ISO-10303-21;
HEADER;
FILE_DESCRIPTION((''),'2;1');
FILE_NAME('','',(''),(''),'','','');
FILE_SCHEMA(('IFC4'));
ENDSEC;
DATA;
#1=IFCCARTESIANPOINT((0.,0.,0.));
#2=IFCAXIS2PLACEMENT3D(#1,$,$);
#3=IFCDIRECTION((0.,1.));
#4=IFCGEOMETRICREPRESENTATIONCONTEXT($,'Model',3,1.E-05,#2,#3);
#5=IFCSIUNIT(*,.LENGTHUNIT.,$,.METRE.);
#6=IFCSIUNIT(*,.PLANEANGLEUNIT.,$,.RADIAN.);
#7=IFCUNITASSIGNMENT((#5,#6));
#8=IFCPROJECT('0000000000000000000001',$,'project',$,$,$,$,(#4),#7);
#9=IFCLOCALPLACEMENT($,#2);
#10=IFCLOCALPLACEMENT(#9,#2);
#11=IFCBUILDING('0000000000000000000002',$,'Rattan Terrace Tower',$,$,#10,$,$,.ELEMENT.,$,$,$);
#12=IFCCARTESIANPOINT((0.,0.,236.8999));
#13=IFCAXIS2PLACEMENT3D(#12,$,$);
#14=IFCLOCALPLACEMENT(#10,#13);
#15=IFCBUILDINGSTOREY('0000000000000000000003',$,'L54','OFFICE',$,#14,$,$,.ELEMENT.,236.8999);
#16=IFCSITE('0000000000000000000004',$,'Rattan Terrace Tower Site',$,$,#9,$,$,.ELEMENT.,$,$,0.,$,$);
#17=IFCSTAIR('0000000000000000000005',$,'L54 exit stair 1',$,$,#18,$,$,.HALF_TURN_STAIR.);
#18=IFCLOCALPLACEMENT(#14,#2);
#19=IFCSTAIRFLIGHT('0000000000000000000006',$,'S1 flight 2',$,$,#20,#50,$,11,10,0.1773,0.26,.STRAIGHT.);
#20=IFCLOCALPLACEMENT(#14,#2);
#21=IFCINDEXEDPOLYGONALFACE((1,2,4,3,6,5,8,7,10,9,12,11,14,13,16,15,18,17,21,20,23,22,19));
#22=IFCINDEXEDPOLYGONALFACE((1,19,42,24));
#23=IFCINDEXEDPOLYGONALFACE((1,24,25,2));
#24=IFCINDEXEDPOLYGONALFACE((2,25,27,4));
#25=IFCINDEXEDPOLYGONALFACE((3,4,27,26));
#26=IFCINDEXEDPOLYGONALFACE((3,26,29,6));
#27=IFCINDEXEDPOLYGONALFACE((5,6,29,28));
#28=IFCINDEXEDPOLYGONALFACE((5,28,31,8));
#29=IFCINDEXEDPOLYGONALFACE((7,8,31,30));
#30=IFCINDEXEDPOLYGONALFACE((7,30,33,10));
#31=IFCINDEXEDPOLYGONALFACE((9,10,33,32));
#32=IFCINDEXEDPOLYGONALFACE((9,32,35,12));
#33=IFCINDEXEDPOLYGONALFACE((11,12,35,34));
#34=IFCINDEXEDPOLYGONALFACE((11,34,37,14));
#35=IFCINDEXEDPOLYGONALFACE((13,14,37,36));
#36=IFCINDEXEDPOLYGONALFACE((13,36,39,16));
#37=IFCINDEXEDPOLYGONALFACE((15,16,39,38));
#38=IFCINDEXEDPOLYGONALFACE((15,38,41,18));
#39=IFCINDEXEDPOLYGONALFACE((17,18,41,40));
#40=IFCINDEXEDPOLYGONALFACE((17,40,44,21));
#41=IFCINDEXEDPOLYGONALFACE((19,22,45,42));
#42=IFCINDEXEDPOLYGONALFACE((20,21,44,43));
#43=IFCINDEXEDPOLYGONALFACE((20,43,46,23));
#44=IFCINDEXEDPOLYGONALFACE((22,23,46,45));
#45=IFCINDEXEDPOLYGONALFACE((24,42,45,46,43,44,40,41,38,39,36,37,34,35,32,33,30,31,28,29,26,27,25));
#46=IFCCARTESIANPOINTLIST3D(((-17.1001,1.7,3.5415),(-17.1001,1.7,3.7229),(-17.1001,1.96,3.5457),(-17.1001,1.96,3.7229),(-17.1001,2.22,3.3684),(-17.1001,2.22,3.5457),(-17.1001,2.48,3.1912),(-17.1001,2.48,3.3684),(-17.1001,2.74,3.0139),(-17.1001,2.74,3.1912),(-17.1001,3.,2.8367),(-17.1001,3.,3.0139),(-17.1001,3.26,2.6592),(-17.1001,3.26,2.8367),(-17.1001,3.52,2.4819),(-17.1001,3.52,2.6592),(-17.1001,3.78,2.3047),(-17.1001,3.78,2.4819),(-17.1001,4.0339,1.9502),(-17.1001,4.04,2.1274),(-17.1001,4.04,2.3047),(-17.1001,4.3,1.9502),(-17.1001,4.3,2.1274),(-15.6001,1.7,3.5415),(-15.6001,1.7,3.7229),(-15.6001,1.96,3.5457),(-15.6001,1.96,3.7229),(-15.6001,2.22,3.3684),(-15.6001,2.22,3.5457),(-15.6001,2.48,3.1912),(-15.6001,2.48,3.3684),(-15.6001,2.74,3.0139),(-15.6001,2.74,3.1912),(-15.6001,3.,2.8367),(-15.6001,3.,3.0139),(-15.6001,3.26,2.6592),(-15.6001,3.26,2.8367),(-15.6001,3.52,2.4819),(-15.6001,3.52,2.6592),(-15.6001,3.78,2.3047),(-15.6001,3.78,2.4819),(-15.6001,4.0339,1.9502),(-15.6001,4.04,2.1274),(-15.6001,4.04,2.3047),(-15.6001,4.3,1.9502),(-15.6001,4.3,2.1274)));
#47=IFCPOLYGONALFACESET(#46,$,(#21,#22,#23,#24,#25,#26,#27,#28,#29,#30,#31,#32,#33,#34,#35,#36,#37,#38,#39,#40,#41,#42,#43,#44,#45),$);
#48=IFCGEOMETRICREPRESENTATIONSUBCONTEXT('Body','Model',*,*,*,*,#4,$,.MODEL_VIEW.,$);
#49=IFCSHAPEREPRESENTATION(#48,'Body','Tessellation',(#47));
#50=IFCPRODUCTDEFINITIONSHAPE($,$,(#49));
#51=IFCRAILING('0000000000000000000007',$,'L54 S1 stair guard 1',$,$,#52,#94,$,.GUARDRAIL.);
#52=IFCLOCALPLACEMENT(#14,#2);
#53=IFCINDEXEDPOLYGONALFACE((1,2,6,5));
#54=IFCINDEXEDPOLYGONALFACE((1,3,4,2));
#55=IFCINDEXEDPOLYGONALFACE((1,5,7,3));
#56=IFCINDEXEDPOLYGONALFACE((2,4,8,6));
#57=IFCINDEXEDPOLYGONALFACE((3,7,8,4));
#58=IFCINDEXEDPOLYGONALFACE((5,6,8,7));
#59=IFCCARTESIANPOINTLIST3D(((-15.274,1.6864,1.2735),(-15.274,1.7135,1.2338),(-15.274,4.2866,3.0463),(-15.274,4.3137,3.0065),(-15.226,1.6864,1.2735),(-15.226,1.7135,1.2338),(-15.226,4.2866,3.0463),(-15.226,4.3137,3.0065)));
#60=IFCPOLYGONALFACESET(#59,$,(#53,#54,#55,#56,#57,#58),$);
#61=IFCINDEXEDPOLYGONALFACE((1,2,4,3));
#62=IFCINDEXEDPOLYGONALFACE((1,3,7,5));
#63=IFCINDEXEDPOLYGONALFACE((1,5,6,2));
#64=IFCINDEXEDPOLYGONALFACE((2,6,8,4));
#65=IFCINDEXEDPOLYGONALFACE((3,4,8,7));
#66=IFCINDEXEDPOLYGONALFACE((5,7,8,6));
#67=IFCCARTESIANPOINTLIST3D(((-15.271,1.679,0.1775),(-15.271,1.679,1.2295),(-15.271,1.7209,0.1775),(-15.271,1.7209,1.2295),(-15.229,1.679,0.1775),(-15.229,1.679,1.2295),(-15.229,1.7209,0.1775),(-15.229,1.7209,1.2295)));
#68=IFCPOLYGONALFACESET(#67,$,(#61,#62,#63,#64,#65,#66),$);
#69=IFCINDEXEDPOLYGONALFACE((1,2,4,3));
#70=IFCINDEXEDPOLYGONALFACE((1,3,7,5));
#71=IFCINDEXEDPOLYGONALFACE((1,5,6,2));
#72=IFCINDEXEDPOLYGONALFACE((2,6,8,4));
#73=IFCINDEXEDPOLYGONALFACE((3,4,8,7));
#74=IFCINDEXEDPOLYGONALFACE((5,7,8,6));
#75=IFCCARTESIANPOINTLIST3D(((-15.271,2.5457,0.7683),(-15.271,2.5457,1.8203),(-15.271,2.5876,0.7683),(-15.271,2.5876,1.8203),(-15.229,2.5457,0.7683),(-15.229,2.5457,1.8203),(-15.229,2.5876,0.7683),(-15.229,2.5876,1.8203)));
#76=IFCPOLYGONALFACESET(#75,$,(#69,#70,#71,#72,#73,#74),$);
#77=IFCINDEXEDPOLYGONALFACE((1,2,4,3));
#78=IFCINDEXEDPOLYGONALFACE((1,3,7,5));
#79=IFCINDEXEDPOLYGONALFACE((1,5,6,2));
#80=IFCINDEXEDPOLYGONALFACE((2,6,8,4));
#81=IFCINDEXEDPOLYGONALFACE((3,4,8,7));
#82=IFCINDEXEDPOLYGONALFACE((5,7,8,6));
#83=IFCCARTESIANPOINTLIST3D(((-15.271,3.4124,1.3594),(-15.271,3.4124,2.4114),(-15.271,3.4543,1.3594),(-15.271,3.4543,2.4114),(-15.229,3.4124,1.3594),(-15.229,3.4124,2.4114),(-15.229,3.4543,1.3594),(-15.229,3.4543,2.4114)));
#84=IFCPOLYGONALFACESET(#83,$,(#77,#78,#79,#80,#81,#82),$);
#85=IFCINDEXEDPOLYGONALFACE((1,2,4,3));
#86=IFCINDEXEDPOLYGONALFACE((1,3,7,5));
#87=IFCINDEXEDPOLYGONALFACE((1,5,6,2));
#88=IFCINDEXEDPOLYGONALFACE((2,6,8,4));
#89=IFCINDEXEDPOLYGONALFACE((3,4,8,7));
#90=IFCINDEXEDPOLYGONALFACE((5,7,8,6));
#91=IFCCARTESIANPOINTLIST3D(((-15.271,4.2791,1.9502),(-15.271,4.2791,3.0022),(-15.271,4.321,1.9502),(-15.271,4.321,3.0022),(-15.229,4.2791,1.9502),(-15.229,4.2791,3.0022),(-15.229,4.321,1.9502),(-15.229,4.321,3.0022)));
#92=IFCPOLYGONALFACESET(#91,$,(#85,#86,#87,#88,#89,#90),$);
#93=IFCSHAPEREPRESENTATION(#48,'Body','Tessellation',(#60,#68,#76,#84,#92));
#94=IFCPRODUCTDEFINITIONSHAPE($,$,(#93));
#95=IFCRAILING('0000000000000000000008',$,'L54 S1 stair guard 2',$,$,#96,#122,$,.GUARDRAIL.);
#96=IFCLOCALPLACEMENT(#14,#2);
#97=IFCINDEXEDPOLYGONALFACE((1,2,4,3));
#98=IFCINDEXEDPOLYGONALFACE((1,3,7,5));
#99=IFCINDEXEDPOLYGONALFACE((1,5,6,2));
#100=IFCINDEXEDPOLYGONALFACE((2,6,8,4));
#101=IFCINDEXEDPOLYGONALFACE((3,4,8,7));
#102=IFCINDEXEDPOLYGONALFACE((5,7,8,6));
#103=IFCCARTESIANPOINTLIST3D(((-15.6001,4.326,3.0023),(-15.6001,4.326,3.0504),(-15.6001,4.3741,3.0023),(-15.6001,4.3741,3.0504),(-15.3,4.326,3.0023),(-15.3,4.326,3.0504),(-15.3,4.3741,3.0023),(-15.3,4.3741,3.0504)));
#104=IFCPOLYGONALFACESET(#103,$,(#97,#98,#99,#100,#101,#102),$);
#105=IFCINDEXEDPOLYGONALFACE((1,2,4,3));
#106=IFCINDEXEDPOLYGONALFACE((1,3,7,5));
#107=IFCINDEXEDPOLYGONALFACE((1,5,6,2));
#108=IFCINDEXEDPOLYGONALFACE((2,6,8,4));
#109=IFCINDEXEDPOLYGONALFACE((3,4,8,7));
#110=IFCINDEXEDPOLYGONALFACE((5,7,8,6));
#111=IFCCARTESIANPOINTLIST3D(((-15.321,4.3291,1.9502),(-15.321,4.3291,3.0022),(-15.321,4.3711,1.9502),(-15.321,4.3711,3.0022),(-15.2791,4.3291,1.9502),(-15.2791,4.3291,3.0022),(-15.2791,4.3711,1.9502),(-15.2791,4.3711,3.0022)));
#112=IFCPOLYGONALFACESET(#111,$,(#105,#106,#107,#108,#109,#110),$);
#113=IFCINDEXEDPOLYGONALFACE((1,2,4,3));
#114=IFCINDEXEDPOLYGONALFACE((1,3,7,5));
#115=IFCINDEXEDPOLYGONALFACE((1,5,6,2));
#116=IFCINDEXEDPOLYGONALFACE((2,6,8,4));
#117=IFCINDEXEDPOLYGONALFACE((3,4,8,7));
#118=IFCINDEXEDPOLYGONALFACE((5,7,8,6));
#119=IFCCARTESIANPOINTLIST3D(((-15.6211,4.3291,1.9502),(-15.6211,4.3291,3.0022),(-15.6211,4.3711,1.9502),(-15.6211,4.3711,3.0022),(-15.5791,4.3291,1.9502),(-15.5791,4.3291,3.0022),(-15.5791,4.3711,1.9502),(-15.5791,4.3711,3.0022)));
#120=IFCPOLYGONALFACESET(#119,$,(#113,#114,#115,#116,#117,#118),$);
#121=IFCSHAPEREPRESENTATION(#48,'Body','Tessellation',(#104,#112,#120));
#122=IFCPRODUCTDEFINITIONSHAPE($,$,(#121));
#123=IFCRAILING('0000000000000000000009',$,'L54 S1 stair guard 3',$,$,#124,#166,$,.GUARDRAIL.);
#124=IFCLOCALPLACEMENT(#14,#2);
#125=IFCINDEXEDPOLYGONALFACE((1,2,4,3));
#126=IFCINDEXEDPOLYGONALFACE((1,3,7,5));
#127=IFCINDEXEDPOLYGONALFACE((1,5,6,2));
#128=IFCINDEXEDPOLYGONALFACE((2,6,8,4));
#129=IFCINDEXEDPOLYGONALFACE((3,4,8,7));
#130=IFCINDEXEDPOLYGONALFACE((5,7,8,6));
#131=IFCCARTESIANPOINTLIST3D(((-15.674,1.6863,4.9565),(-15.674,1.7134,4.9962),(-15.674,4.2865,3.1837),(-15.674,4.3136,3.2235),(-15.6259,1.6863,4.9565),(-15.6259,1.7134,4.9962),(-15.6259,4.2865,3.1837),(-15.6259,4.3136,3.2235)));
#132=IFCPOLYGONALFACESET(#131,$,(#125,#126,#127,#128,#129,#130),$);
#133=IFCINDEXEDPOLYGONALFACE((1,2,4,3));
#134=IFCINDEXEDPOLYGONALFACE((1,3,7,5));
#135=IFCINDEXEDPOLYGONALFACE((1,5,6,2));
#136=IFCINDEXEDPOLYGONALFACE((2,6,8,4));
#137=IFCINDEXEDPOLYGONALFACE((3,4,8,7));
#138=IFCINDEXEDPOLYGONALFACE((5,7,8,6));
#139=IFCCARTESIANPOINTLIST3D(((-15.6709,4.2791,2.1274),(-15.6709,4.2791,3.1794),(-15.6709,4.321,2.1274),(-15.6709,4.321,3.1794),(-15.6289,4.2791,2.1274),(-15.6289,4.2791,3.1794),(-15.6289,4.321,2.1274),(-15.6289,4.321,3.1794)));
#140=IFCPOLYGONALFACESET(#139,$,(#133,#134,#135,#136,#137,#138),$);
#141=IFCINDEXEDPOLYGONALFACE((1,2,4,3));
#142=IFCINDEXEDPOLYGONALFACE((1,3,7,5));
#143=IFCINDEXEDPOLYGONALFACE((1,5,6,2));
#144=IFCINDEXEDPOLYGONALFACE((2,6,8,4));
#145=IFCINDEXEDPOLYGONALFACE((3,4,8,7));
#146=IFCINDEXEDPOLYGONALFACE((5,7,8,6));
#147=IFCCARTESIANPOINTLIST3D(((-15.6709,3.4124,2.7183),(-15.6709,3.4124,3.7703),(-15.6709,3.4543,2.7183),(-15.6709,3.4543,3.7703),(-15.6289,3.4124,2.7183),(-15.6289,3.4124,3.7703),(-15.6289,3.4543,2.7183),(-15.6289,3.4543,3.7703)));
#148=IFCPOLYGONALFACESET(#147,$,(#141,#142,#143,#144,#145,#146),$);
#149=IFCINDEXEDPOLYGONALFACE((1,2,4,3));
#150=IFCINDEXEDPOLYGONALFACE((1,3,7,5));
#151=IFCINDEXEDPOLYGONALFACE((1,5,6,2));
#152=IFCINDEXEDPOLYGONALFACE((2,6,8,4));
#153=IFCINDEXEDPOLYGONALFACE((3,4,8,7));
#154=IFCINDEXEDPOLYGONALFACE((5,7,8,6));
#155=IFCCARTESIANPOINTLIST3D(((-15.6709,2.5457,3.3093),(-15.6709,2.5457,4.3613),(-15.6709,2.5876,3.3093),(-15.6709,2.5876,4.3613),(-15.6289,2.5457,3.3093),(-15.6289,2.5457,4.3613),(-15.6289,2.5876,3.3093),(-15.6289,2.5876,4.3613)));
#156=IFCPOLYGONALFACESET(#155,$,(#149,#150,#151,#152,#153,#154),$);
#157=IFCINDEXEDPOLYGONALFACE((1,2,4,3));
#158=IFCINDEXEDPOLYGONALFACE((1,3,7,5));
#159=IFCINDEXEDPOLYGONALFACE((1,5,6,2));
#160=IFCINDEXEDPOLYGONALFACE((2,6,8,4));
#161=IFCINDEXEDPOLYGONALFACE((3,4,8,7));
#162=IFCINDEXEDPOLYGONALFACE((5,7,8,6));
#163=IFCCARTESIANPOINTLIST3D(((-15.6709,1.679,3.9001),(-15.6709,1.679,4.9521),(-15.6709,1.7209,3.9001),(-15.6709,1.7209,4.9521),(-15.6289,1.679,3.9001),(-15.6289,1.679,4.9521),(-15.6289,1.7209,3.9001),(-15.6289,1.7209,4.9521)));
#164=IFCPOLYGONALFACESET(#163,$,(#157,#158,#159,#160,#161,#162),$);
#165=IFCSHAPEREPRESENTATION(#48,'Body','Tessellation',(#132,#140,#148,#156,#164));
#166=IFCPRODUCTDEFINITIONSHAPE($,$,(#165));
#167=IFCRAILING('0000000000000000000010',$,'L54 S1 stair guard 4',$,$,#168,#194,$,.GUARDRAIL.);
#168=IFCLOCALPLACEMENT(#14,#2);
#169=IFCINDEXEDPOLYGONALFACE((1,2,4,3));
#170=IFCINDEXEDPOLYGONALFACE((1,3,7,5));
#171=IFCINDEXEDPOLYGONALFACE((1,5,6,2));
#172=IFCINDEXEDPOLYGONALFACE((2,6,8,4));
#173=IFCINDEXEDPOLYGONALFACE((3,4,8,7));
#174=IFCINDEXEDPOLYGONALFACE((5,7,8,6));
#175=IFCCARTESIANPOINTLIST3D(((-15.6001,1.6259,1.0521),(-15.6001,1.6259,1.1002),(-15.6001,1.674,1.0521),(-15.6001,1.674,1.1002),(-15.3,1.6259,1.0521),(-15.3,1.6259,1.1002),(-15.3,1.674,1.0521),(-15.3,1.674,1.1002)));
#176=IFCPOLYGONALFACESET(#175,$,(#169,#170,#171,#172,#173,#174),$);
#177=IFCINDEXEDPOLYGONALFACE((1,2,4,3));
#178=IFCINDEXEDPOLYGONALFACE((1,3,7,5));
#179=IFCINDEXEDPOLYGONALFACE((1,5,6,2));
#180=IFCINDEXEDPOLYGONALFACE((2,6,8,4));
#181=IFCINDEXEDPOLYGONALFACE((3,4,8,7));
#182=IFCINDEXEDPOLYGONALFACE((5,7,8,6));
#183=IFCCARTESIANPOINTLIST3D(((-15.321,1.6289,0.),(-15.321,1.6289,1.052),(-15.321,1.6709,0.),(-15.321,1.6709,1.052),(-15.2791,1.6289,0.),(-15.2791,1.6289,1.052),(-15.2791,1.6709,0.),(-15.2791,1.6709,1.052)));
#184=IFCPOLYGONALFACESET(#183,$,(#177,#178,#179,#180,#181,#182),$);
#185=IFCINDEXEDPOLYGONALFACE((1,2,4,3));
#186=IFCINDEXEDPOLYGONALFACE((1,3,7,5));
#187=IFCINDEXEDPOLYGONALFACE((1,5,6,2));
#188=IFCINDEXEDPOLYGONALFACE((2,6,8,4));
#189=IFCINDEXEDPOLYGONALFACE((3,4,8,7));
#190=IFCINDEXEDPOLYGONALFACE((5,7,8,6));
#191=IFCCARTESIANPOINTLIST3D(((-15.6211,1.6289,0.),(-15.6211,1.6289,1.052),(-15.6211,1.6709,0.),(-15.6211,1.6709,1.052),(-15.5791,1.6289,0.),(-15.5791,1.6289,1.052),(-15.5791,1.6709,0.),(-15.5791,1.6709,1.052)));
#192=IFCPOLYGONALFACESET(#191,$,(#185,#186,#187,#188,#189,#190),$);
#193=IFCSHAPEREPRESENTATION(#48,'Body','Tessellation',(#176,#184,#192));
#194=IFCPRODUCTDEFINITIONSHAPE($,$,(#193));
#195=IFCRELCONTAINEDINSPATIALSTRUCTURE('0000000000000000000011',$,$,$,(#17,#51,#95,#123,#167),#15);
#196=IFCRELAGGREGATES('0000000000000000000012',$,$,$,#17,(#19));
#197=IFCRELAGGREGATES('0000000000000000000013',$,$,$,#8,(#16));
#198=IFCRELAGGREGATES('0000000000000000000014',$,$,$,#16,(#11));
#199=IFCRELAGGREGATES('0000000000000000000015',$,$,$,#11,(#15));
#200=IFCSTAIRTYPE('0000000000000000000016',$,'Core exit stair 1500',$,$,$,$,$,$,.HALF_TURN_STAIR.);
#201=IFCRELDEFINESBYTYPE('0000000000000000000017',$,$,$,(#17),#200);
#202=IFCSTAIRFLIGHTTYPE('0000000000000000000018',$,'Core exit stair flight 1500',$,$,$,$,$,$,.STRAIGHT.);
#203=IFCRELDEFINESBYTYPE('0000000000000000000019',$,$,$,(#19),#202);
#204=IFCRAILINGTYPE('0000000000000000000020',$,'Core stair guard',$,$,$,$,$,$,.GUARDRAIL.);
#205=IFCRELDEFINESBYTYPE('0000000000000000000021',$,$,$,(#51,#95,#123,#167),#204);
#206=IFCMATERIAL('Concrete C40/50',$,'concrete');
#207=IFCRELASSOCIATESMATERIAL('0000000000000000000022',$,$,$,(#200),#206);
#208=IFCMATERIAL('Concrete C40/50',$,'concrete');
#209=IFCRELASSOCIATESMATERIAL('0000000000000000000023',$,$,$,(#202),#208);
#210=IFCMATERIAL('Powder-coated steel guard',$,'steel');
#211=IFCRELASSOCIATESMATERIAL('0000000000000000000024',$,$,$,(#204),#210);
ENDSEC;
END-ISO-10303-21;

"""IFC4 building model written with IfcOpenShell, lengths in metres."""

from ifc_helpers import new_model, si_unit, direction, frame, origin, origin_2d, place, context, subcontext, project, spatial, polyline, rectangle, outline, extrude, material, type_object, element, aggregate, save


model = new_model("IFC4")

# Units and contexts
model_context = context("Model", 3, precision=1e-05, world=origin(), true_north=direction((0.0, 1.0)))
body_context = subcontext(model_context, "Body", "Model", "MODEL_VIEW")
ifc_project = project(units=[si_unit("LENGTHUNIT", "METRE"), si_unit("PLANEANGLEUNIT", "RADIAN")], contexts=[model_context])

# Site, building, storey
site_placement = place(None, origin())
site = spatial("IfcSite", under=ifc_project, at=site_placement, Name="Rattan Terrace Tower Site", CompositionType="ELEMENT", RefElevation=0.0)
building_placement = place(site_placement, origin())
building = spatial("IfcBuilding", under=site, at=building_placement, Name="Rattan Terrace Tower", CompositionType="ELEMENT")
storey_placement = place(building_placement, frame((0.0, 0.0, 236.8999)))
storey = spatial("IfcBuildingStorey", under=building, at=storey_placement, Name="L54", Description="OFFICE", CompositionType="ELEMENT", Elevation=236.8999)

# Stair, stair flight
ifc_material_1 = material(Name="Concrete C40/50", Category="concrete")
stair_type = type_object("IfcStairType", Name="Core exit stair 1500", PredefinedType="HALF_TURN_STAIR", material=ifc_material_1)
stair_placement = place(storey_placement, origin())
stair = element("IfcStair", 1, at=stair_placement, inside=storey, type_object=stair_type, Name="L54 exit stair 1", PredefinedType="HALF_TURN_STAIR")
ifc_material_2 = material(Name="Concrete C40/50", Category="concrete")
stair_flight_type = type_object("IfcStairFlightType", Name="Core exit stair flight 1500", PredefinedType="STRAIGHT", material=ifc_material_2)
stair_flight_placement = place(storey_placement, frame((-16.3501, 4.3, 1.9502), z_axis=(0.0, 0.0, 1.0), x_axis=(0.0, -1.0, 0.0)))
stair_flight = element("IfcStairFlight", 2, at=stair_flight_placement, type_object=stair_flight_type, Name="S1 flight 2", NumberOfRisers=11, NumberOfTreads=10, PredefinedType="STRAIGHT", RiserHeight=0.1773, TreadLength=0.26, context=body_context, shape_type="SweptSolid", body=[
    extrude(outline(polyline([(0.0, 0.0), (0.0, 0.1772), (0.26, 0.1772), (0.26, 0.3545), (0.52, 0.3545), (0.52, 0.5317), (0.78, 0.5317), (0.78, 0.709), (1.04, 0.709), (1.04, 0.8865), (1.3, 0.8865), (1.3, 1.0637), (1.5601, 1.0637), (1.5601, 1.241), (1.8201, 1.241), (1.8201, 1.4182), (2.0801, 1.4182), (2.0801, 1.5955), (2.3401, 1.5955), (2.3401, 1.7727), (2.6001, 1.7727), (2.6001, 1.95), (2.6001, 1.5913), (0.2661, 0.0), (0.0, 0.0)])), frame((0.0, 0.75, 0.0), z_axis=(0.0, -1.0, 0.0), x_axis=(1.0, 0.0, 0.0)), (0.0, 0.0, 1.0), 1.5),
])
aggregate(stair, [stair_flight])

# Railings
ifc_material_3 = material(Name="Powder-coated steel guard", Category="steel")
railing_type_1 = type_object("IfcRailingType", Name="Core stair guard", PredefinedType="GUARDRAIL", material=ifc_material_3)
railing_1_placement = place(storey_placement, frame((-15.25, 1.7, 0.1775)))
element("IfcRailing", 3, at=railing_1_placement, inside=storey, type_object=railing_type_1, Name="L54 S1 stair guard 1", PredefinedType="GUARDRAIL", context=body_context, shape_type="SweptSolid", body=[
    extrude(rectangle(XDim=0.0481, YDim=0.0481, at=origin_2d()), frame((0.0, 0.0, 1.0762), z_axis=(0.0, 0.82624, 0.563318), x_axis=(-1.0, 0.0, 0.0)), (0.0, 0.0, 1.0), 3.147),
    extrude(rectangle(XDim=0.042, YDim=0.042, at=origin_2d()), origin(), (0.0, 0.0, 1.0), 1.052),
    extrude(rectangle(XDim=0.042, YDim=0.042, at=origin_2d()), frame((0.0, 0.8667, 0.5908)), (0.0, 0.0, 1.0), 1.052),
    extrude(rectangle(XDim=0.042, YDim=0.042, at=origin_2d()), frame((0.0, 1.7334, 1.1819)), (0.0, 0.0, 1.0), 1.052),
    extrude(rectangle(XDim=0.042, YDim=0.042, at=origin_2d()), frame((0.0, 2.6001, 1.7727)), (0.0, 0.0, 1.0), 1.052),
])
railing_2_placement = place(storey_placement, frame((-15.3, 4.3501, 1.9502)))
element("IfcRailing", 4, at=railing_2_placement, inside=storey, type_object=railing_type_1, Name="L54 S1 stair guard 2", PredefinedType="GUARDRAIL", context=body_context, shape_type="SweptSolid", body=[
    extrude(rectangle(XDim=0.0481, YDim=0.0481, at=origin_2d()), frame((0.0, 0.0, 1.0762), z_axis=(-1.0, 0.0, 0.0), x_axis=(0.0, -1.0, 0.0)), (0.0, 0.0, 1.0), 0.3),
    extrude(rectangle(XDim=0.042, YDim=0.042, at=origin_2d()), origin(), (0.0, 0.0, 1.0), 1.052),
    extrude(rectangle(XDim=0.042, YDim=0.042, at=origin_2d()), frame((-0.3, 0.0, 0.0)), (0.0, 0.0, 1.0), 1.052),
])
railing_3_placement = place(storey_placement, frame((-15.6499, 4.3, 2.1274)))
element("IfcRailing", 5, at=railing_3_placement, inside=storey, type_object=railing_type_1, Name="L54 S1 stair guard 3", PredefinedType="GUARDRAIL", context=body_context, shape_type="SweptSolid", body=[
    extrude(rectangle(XDim=0.0481, YDim=0.0481, at=origin_2d()), frame((0.0, 0.0, 1.0762), z_axis=(0.0, -0.82624, 0.563318), x_axis=(1.0, 0.0, 0.0)), (0.0, 0.0, 1.0), 3.147),
    extrude(rectangle(XDim=0.042, YDim=0.042, at=origin_2d()), origin(), (0.0, 0.0, 1.0), 1.052),
    extrude(rectangle(XDim=0.042, YDim=0.042, at=origin_2d()), frame((0.0, -0.8667, 0.5908)), (0.0, 0.0, 1.0), 1.052),
    extrude(rectangle(XDim=0.042, YDim=0.042, at=origin_2d()), frame((0.0, -1.7334, 1.1819)), (0.0, 0.0, 1.0), 1.052),
    extrude(rectangle(XDim=0.042, YDim=0.042, at=origin_2d()), frame((0.0, -2.6001, 1.7727)), (0.0, 0.0, 1.0), 1.052),
])
railing_4_placement = place(storey_placement, frame((-15.3, 1.6499, 0.0)))
element("IfcRailing", 6, at=railing_4_placement, inside=storey, type_object=railing_type_1, Name="L54 S1 stair guard 4", PredefinedType="GUARDRAIL", context=body_context, shape_type="SweptSolid", body=[
    extrude(rectangle(XDim=0.0481, YDim=0.0481, at=origin_2d()), frame((0.0, 0.0, 1.0762), z_axis=(-1.0, 0.0, 0.0), x_axis=(0.0, -1.0, 0.0)), (0.0, 0.0, 1.0), 0.3),
    extrude(rectangle(XDim=0.042, YDim=0.042, at=origin_2d()), origin(), (0.0, 0.0, 1.0), 1.052),
    extrude(rectangle(XDim=0.042, YDim=0.042, at=origin_2d()), frame((-0.3, 0.0, 0.0)), (0.0, 0.0, 1.0), 1.052),
])

save(model, "model.ifc")
